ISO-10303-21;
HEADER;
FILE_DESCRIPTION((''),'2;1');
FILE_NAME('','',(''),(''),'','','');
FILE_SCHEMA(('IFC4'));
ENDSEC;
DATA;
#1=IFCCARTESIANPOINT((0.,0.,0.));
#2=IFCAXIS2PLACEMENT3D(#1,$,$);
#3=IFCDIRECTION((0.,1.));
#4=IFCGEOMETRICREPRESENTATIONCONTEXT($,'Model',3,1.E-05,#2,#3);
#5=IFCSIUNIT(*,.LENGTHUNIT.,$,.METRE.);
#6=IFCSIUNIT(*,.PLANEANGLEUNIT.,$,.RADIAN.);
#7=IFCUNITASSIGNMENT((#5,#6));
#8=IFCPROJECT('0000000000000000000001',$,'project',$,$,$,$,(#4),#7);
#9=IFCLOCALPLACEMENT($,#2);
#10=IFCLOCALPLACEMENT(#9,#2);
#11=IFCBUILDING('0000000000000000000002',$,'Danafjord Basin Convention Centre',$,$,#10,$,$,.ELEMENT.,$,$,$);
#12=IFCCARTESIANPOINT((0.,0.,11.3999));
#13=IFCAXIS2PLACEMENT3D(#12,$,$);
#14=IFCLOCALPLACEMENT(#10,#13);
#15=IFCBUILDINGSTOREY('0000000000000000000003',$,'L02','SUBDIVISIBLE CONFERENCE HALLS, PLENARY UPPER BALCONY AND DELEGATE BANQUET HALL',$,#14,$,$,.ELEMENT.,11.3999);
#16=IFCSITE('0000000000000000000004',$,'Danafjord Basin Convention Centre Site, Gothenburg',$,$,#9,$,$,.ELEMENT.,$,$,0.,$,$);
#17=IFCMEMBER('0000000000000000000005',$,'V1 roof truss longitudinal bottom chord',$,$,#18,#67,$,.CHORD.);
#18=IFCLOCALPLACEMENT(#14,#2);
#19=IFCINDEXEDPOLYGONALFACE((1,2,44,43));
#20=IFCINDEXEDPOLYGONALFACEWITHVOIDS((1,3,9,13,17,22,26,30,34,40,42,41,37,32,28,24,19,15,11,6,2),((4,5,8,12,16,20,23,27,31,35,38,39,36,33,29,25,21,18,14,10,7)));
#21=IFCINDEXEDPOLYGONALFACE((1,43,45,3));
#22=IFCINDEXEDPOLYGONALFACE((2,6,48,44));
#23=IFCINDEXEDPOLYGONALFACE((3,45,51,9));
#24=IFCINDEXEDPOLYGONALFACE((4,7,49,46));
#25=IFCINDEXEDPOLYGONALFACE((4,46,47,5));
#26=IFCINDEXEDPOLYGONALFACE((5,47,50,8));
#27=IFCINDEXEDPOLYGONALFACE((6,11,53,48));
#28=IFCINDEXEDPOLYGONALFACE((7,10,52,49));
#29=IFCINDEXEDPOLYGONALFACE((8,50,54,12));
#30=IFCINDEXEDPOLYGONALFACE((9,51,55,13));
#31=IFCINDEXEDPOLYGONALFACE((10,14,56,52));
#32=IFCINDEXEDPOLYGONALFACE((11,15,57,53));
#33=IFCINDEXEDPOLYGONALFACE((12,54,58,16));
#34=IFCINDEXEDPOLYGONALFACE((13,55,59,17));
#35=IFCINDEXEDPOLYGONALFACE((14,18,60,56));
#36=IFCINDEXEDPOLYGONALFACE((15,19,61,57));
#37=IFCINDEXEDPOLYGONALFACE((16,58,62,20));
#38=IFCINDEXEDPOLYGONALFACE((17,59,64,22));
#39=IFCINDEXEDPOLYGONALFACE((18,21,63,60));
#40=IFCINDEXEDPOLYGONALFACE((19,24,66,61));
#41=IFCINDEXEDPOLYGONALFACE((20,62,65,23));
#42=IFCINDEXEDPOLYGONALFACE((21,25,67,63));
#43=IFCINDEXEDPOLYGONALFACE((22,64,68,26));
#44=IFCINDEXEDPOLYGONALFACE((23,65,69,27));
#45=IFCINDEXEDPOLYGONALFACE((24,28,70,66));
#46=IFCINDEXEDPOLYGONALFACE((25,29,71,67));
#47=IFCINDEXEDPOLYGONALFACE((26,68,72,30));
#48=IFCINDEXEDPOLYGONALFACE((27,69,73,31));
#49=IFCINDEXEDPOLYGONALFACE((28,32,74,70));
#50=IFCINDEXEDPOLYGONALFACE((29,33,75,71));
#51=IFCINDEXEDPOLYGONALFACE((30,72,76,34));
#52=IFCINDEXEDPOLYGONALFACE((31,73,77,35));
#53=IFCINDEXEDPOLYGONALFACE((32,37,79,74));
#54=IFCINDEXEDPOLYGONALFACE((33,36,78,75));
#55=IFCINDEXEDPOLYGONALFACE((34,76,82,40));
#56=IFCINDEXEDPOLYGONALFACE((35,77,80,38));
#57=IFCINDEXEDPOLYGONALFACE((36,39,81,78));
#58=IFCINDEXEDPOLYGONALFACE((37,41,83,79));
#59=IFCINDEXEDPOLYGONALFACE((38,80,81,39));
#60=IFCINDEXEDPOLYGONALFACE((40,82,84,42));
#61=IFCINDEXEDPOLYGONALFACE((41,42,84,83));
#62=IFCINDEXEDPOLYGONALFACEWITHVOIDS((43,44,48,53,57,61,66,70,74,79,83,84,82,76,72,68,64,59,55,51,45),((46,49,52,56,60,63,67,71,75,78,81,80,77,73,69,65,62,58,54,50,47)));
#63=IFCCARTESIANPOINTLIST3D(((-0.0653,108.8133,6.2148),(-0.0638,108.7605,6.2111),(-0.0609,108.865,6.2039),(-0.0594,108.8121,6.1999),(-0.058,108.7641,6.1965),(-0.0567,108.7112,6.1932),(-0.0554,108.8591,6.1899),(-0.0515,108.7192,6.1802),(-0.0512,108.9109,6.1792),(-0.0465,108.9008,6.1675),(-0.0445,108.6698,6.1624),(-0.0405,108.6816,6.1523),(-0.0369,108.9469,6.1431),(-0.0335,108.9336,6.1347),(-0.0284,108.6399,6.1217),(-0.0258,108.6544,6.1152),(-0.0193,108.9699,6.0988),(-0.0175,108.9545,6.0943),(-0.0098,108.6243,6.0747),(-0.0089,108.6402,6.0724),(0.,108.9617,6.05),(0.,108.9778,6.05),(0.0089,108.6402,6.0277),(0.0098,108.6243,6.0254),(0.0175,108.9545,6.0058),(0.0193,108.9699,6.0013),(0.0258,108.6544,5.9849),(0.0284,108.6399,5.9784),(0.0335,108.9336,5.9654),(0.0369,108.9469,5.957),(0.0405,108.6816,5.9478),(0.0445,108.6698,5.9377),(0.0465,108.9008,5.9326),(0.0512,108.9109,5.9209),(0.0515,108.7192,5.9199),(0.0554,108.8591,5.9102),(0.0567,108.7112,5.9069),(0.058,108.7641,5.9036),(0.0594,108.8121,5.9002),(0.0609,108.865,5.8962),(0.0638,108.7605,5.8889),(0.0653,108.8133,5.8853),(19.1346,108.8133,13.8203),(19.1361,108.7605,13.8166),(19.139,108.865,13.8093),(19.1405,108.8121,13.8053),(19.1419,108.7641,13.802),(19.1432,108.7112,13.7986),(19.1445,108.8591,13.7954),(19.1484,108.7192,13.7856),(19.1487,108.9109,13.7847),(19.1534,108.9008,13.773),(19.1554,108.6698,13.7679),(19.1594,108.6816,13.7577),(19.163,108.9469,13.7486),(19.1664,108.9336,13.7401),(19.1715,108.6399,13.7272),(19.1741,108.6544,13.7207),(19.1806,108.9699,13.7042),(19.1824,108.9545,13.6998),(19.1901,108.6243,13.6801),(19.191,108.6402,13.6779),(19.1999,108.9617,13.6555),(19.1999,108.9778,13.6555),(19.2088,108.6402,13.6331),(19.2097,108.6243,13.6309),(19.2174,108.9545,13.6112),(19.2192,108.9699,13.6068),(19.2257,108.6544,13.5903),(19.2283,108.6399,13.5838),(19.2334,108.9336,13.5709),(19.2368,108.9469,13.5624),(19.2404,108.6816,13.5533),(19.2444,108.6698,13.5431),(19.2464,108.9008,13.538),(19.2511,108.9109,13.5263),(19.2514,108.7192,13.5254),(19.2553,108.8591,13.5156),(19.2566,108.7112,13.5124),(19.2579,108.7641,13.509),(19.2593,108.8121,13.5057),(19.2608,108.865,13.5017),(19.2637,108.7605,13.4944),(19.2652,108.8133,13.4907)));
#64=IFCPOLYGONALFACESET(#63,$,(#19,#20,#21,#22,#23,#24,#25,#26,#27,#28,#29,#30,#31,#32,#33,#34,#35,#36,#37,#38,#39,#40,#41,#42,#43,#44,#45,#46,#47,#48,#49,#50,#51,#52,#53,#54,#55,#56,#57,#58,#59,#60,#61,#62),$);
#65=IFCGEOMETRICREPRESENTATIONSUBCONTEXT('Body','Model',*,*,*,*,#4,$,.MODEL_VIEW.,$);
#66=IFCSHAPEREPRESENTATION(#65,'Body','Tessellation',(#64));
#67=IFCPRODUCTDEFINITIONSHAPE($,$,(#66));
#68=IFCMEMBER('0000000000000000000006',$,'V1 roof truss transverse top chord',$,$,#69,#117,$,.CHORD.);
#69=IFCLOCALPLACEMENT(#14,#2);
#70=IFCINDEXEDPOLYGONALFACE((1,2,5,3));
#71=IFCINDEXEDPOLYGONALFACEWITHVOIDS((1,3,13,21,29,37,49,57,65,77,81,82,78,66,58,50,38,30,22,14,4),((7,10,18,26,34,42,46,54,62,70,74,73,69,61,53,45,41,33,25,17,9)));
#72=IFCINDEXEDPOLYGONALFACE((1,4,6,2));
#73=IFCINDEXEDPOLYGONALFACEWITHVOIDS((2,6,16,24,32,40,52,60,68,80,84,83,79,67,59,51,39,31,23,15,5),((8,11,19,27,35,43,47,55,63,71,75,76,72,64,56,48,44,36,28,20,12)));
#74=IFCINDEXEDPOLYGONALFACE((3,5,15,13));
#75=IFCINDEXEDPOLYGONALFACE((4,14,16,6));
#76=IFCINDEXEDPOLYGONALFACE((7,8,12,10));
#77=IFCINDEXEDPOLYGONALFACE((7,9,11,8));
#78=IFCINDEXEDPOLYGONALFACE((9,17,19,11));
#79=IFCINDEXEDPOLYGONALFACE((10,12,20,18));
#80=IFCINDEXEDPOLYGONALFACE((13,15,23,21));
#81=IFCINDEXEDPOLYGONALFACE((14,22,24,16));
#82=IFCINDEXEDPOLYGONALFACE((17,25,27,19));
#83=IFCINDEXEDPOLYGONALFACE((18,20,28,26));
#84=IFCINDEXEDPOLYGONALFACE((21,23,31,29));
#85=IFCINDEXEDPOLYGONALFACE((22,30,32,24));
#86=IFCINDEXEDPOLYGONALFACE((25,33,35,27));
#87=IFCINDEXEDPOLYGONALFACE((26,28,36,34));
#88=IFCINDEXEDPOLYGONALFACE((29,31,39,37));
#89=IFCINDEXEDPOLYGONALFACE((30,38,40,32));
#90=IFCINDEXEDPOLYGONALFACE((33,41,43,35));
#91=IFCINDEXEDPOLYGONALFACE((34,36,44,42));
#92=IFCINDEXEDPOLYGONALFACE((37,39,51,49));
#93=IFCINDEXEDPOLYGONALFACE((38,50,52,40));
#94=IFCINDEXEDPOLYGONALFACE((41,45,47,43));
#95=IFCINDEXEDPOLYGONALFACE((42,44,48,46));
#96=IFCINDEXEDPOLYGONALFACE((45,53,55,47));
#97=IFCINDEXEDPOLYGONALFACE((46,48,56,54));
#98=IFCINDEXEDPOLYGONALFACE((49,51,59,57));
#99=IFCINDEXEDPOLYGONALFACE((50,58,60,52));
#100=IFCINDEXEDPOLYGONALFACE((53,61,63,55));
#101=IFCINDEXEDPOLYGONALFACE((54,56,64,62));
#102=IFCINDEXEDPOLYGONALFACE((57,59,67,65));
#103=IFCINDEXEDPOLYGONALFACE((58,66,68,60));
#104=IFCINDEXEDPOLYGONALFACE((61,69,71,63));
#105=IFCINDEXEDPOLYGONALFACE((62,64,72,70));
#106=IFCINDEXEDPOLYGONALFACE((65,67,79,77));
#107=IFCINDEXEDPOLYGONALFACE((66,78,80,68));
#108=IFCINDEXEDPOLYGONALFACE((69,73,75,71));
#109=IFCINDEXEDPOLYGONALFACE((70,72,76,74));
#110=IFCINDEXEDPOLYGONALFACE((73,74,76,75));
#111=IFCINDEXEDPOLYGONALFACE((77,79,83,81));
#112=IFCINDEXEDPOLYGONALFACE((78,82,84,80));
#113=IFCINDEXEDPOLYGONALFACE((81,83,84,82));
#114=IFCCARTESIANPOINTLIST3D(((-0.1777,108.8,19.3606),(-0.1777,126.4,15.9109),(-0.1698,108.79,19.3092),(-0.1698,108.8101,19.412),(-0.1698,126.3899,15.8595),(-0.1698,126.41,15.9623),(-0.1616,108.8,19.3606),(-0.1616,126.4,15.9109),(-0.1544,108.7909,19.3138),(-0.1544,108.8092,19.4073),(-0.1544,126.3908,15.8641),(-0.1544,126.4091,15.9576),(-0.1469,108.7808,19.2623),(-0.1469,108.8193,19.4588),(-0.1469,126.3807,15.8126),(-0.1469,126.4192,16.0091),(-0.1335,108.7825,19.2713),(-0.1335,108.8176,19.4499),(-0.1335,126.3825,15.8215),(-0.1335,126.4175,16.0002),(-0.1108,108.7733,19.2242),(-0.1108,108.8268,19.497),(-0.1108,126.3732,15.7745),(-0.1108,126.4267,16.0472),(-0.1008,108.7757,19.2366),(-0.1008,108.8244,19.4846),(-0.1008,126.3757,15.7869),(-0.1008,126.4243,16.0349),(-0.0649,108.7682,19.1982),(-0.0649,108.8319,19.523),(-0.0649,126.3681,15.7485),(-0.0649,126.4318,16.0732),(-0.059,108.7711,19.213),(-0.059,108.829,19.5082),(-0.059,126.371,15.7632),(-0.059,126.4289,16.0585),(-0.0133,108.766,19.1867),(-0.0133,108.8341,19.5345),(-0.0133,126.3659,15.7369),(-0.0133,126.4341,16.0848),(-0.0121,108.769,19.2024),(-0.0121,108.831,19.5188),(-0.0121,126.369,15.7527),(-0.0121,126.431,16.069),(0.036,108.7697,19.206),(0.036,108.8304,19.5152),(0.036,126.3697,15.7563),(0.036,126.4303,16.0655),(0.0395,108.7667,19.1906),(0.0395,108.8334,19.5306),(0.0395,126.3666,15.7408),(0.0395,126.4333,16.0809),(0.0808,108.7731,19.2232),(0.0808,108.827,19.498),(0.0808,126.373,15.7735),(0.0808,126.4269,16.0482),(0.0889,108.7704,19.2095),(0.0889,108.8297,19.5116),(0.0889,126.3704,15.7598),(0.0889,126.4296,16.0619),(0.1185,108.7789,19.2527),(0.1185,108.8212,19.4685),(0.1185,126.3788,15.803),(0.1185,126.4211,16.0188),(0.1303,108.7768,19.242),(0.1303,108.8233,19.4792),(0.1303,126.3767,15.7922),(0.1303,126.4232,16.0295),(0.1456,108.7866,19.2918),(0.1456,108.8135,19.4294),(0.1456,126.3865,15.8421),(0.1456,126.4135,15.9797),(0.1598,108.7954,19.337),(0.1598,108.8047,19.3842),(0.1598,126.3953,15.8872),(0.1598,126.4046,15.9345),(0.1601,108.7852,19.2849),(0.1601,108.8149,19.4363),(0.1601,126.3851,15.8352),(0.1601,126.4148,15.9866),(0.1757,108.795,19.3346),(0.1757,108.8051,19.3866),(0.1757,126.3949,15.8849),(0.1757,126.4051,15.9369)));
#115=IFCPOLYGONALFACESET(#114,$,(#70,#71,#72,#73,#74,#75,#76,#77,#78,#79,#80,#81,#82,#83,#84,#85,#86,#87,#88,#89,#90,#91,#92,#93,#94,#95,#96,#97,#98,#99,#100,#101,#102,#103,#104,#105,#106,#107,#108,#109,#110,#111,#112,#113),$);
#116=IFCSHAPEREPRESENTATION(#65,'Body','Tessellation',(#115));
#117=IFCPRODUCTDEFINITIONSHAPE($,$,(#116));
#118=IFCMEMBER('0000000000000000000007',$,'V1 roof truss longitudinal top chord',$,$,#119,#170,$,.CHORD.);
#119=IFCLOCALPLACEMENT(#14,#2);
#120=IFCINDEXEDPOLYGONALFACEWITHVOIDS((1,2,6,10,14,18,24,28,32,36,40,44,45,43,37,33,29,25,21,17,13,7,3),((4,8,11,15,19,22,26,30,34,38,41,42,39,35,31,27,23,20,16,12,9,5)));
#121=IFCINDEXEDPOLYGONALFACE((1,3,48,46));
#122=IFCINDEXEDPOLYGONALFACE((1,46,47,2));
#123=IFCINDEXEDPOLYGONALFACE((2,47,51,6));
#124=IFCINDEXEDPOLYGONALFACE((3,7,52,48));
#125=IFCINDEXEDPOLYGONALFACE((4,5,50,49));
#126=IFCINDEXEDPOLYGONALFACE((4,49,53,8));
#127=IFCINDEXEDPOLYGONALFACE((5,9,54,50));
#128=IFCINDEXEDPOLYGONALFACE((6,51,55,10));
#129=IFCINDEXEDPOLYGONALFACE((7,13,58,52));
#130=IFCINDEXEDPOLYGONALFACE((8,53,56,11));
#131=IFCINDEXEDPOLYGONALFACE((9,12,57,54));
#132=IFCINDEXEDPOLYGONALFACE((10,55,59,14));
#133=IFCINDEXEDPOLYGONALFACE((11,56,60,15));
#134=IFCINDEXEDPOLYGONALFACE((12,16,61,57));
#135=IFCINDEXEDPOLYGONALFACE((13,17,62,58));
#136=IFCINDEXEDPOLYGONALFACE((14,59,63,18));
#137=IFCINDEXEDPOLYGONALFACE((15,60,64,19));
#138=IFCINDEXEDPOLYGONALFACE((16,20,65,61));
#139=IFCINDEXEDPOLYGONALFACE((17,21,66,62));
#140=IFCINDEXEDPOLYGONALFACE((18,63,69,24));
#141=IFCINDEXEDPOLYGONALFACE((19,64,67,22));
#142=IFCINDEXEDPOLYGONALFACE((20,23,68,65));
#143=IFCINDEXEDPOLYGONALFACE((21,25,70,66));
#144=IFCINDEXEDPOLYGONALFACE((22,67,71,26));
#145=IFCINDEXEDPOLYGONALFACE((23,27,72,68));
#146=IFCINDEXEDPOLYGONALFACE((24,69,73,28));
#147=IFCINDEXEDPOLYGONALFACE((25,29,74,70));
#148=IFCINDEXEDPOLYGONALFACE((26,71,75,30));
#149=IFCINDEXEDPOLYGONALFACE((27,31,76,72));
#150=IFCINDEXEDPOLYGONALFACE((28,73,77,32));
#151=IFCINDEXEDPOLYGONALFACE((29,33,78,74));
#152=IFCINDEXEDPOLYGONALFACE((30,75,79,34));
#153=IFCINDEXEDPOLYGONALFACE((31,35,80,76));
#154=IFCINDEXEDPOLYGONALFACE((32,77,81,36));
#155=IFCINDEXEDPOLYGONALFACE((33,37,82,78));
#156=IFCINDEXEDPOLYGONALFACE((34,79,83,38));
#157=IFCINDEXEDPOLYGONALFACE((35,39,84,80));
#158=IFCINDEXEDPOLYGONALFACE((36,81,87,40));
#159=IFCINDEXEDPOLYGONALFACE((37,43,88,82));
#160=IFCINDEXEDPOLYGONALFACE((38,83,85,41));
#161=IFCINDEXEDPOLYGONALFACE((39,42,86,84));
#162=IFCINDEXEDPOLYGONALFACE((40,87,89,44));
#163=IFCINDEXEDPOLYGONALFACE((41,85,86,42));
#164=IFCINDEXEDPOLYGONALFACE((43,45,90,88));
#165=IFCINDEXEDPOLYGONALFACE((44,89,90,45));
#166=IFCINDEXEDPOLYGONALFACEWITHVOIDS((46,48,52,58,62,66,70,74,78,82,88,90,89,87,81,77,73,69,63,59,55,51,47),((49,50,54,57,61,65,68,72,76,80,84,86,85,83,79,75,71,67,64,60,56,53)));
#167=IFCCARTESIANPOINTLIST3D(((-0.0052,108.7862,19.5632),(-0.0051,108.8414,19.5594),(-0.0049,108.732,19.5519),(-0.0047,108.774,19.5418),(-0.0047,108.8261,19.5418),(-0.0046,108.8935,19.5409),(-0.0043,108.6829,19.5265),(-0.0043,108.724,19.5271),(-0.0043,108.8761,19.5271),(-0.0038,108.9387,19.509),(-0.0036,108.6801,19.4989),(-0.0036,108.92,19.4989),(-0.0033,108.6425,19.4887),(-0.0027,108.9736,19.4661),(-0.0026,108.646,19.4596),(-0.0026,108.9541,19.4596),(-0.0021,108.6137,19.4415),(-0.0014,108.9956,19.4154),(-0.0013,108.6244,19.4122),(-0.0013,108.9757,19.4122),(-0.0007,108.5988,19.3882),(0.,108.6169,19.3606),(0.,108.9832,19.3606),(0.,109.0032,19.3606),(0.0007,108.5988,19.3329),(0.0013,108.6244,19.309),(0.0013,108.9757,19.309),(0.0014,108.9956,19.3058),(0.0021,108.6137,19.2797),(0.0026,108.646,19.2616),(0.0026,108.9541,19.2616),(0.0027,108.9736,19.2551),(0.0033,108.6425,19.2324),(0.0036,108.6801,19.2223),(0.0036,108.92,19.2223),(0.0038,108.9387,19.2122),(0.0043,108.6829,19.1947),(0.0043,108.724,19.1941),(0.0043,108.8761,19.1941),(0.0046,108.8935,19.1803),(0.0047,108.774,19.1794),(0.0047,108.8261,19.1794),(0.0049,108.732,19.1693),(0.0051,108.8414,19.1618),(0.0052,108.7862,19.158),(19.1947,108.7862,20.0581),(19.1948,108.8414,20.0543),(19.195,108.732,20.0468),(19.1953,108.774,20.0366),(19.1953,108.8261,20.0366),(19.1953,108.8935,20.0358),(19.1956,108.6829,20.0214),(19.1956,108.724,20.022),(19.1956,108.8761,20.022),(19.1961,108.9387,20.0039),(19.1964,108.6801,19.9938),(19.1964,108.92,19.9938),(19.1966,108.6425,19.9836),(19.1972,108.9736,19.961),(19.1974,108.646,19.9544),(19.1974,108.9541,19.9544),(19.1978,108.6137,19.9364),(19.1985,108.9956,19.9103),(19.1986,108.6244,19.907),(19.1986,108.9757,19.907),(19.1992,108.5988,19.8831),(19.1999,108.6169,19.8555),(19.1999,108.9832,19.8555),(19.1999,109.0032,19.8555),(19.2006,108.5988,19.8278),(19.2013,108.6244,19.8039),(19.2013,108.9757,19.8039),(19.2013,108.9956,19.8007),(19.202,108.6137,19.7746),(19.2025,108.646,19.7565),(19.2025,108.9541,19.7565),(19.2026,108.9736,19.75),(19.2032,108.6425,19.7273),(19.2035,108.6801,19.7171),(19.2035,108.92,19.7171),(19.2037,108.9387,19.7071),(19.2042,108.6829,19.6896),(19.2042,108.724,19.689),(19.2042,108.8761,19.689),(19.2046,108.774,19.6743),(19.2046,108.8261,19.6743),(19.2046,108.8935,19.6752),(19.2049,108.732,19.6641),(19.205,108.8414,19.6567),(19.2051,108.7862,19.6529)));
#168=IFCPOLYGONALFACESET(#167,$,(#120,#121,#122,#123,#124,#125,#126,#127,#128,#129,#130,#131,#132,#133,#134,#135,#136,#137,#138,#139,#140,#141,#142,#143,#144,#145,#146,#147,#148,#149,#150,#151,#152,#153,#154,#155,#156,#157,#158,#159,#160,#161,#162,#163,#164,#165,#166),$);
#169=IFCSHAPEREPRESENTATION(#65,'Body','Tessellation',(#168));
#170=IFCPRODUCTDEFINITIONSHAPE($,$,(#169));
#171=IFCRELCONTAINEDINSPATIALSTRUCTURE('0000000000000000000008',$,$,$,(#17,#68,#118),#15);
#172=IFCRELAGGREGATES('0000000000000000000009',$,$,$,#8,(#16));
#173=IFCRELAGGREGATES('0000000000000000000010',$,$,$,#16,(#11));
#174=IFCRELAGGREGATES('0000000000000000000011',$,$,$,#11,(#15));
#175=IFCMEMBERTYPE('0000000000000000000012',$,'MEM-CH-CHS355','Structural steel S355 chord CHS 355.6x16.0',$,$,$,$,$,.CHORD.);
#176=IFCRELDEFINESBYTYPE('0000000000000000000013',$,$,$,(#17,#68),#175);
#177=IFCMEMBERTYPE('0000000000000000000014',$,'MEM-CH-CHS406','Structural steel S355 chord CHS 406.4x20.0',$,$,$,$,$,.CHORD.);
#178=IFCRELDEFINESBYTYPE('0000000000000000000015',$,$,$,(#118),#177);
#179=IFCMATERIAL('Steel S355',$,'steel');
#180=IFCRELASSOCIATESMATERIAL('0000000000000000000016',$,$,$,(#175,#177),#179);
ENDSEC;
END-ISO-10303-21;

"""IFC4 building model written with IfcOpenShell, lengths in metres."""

from ifc_helpers import new_model, si_unit, direction, frame, origin, origin_2d, place, context, subcontext, project, spatial, hollow_circle, extrude, material, material_profile, profile_set, type_object, element, save


model = new_model("IFC4")

# Units and contexts
model_context = context("Model", 3, precision=1e-05, world=origin(), true_north=direction((0.0, 1.0)))
body_context = subcontext(model_context, "Body", "Model", "MODEL_VIEW")
ifc_project = project(units=[si_unit("LENGTHUNIT", "METRE"), si_unit("PLANEANGLEUNIT", "RADIAN")], contexts=[model_context])

# Site, building, storey
site_placement = place(None, origin())
site = spatial("IfcSite", under=ifc_project, at=site_placement, Name="Danafjord Basin Convention Centre Site, Gothenburg", CompositionType="ELEMENT", RefElevation=0.0)
building_placement = place(site_placement, origin())
building = spatial("IfcBuilding", under=site, at=building_placement, Name="Danafjord Basin Convention Centre", CompositionType="ELEMENT")
storey_placement = place(building_placement, frame((0.0, 0.0, 11.3999)))
storey = spatial("IfcBuildingStorey", under=building, at=storey_placement, Name="L02", Description="SUBDIVISIBLE CONFERENCE HALLS, PLENARY UPPER BALCONY AND DELEGATE BANQUET HALL", CompositionType="ELEMENT", Elevation=11.3999)

# Members
ifc_material_1 = material(Name="Steel S355", Category="steel")
ifc_material_profile_1 = material_profile(ifc_material_1, hollow_circle(Radius=0.1777, WallThickness=0.0161, at=origin_2d()), Name="CHS 355.6x16.0")
ifc_profile_set_1 = profile_set([ifc_material_profile_1], Name="Steel S355")
member_type_1 = type_object("IfcMemberType", Name="MEM-CH-CHS355", Description="Structural steel S355 chord CHS 355.6x16.0", PredefinedType="CHORD", material=ifc_profile_set_1)
member_1_placement = place(storey_placement, frame((0.0, 108.8, 6.05), z_axis=(0.929716, 0.0, 0.368278), x_axis=(0.0, 1.0, 0.0)))
element("IfcMember", 1, at=member_1_placement, inside=storey, type_object=member_type_1, Name="V1 roof truss longitudinal bottom chord", PredefinedType="CHORD", context=body_context, shape_type="SweptSolid", body=[
    extrude(hollow_circle(Radius=0.1777, WallThickness=0.0161, at=origin_2d()), origin(), (0.0, 0.0, 1.0), 20.6514),
])
member_2_placement = place(storey_placement, frame((0.0, 108.8, 19.3606), z_axis=(0.0, 0.981327, -0.192348), x_axis=(-1.0, 0.0, 0.0)))
element("IfcMember", 2, at=member_2_placement, inside=storey, type_object=member_type_1, Name="V1 roof truss transverse top chord", PredefinedType="CHORD", context=body_context, shape_type="SweptSolid", body=[
    extrude(hollow_circle(Radius=0.1777, WallThickness=0.0161, at=origin_2d()), origin(), (0.0, 0.0, 1.0), 17.9348),
])
ifc_material_profile_2 = material_profile(ifc_material_1, hollow_circle(Radius=0.2031, WallThickness=0.02, at=origin_2d()), Name="CHS 406.4x20.0")
ifc_profile_set_2 = profile_set([ifc_material_profile_2], Name="Steel S355")
member_type_2 = type_object("IfcMemberType", Name="MEM-CH-CHS406", Description="Structural steel S355 chord CHS 406.4x20.0", PredefinedType="CHORD", material=ifc_profile_set_2)
member_3_placement = place(storey_placement, frame((0.0, 108.8, 19.3606), z_axis=(0.999668, 0.0, 0.025766), x_axis=(0.0, 1.0, 0.0)))
element("IfcMember", 3, at=member_3_placement, inside=storey, type_object=member_type_2, Name="V1 roof truss longitudinal top chord", PredefinedType="CHORD", context=body_context, shape_type="SweptSolid", body=[
    extrude(hollow_circle(Radius=0.2031, WallThickness=0.02, at=origin_2d()), origin(), (0.0, 0.0, 1.0), 19.2063),
])

save(model, "model.ifc")
